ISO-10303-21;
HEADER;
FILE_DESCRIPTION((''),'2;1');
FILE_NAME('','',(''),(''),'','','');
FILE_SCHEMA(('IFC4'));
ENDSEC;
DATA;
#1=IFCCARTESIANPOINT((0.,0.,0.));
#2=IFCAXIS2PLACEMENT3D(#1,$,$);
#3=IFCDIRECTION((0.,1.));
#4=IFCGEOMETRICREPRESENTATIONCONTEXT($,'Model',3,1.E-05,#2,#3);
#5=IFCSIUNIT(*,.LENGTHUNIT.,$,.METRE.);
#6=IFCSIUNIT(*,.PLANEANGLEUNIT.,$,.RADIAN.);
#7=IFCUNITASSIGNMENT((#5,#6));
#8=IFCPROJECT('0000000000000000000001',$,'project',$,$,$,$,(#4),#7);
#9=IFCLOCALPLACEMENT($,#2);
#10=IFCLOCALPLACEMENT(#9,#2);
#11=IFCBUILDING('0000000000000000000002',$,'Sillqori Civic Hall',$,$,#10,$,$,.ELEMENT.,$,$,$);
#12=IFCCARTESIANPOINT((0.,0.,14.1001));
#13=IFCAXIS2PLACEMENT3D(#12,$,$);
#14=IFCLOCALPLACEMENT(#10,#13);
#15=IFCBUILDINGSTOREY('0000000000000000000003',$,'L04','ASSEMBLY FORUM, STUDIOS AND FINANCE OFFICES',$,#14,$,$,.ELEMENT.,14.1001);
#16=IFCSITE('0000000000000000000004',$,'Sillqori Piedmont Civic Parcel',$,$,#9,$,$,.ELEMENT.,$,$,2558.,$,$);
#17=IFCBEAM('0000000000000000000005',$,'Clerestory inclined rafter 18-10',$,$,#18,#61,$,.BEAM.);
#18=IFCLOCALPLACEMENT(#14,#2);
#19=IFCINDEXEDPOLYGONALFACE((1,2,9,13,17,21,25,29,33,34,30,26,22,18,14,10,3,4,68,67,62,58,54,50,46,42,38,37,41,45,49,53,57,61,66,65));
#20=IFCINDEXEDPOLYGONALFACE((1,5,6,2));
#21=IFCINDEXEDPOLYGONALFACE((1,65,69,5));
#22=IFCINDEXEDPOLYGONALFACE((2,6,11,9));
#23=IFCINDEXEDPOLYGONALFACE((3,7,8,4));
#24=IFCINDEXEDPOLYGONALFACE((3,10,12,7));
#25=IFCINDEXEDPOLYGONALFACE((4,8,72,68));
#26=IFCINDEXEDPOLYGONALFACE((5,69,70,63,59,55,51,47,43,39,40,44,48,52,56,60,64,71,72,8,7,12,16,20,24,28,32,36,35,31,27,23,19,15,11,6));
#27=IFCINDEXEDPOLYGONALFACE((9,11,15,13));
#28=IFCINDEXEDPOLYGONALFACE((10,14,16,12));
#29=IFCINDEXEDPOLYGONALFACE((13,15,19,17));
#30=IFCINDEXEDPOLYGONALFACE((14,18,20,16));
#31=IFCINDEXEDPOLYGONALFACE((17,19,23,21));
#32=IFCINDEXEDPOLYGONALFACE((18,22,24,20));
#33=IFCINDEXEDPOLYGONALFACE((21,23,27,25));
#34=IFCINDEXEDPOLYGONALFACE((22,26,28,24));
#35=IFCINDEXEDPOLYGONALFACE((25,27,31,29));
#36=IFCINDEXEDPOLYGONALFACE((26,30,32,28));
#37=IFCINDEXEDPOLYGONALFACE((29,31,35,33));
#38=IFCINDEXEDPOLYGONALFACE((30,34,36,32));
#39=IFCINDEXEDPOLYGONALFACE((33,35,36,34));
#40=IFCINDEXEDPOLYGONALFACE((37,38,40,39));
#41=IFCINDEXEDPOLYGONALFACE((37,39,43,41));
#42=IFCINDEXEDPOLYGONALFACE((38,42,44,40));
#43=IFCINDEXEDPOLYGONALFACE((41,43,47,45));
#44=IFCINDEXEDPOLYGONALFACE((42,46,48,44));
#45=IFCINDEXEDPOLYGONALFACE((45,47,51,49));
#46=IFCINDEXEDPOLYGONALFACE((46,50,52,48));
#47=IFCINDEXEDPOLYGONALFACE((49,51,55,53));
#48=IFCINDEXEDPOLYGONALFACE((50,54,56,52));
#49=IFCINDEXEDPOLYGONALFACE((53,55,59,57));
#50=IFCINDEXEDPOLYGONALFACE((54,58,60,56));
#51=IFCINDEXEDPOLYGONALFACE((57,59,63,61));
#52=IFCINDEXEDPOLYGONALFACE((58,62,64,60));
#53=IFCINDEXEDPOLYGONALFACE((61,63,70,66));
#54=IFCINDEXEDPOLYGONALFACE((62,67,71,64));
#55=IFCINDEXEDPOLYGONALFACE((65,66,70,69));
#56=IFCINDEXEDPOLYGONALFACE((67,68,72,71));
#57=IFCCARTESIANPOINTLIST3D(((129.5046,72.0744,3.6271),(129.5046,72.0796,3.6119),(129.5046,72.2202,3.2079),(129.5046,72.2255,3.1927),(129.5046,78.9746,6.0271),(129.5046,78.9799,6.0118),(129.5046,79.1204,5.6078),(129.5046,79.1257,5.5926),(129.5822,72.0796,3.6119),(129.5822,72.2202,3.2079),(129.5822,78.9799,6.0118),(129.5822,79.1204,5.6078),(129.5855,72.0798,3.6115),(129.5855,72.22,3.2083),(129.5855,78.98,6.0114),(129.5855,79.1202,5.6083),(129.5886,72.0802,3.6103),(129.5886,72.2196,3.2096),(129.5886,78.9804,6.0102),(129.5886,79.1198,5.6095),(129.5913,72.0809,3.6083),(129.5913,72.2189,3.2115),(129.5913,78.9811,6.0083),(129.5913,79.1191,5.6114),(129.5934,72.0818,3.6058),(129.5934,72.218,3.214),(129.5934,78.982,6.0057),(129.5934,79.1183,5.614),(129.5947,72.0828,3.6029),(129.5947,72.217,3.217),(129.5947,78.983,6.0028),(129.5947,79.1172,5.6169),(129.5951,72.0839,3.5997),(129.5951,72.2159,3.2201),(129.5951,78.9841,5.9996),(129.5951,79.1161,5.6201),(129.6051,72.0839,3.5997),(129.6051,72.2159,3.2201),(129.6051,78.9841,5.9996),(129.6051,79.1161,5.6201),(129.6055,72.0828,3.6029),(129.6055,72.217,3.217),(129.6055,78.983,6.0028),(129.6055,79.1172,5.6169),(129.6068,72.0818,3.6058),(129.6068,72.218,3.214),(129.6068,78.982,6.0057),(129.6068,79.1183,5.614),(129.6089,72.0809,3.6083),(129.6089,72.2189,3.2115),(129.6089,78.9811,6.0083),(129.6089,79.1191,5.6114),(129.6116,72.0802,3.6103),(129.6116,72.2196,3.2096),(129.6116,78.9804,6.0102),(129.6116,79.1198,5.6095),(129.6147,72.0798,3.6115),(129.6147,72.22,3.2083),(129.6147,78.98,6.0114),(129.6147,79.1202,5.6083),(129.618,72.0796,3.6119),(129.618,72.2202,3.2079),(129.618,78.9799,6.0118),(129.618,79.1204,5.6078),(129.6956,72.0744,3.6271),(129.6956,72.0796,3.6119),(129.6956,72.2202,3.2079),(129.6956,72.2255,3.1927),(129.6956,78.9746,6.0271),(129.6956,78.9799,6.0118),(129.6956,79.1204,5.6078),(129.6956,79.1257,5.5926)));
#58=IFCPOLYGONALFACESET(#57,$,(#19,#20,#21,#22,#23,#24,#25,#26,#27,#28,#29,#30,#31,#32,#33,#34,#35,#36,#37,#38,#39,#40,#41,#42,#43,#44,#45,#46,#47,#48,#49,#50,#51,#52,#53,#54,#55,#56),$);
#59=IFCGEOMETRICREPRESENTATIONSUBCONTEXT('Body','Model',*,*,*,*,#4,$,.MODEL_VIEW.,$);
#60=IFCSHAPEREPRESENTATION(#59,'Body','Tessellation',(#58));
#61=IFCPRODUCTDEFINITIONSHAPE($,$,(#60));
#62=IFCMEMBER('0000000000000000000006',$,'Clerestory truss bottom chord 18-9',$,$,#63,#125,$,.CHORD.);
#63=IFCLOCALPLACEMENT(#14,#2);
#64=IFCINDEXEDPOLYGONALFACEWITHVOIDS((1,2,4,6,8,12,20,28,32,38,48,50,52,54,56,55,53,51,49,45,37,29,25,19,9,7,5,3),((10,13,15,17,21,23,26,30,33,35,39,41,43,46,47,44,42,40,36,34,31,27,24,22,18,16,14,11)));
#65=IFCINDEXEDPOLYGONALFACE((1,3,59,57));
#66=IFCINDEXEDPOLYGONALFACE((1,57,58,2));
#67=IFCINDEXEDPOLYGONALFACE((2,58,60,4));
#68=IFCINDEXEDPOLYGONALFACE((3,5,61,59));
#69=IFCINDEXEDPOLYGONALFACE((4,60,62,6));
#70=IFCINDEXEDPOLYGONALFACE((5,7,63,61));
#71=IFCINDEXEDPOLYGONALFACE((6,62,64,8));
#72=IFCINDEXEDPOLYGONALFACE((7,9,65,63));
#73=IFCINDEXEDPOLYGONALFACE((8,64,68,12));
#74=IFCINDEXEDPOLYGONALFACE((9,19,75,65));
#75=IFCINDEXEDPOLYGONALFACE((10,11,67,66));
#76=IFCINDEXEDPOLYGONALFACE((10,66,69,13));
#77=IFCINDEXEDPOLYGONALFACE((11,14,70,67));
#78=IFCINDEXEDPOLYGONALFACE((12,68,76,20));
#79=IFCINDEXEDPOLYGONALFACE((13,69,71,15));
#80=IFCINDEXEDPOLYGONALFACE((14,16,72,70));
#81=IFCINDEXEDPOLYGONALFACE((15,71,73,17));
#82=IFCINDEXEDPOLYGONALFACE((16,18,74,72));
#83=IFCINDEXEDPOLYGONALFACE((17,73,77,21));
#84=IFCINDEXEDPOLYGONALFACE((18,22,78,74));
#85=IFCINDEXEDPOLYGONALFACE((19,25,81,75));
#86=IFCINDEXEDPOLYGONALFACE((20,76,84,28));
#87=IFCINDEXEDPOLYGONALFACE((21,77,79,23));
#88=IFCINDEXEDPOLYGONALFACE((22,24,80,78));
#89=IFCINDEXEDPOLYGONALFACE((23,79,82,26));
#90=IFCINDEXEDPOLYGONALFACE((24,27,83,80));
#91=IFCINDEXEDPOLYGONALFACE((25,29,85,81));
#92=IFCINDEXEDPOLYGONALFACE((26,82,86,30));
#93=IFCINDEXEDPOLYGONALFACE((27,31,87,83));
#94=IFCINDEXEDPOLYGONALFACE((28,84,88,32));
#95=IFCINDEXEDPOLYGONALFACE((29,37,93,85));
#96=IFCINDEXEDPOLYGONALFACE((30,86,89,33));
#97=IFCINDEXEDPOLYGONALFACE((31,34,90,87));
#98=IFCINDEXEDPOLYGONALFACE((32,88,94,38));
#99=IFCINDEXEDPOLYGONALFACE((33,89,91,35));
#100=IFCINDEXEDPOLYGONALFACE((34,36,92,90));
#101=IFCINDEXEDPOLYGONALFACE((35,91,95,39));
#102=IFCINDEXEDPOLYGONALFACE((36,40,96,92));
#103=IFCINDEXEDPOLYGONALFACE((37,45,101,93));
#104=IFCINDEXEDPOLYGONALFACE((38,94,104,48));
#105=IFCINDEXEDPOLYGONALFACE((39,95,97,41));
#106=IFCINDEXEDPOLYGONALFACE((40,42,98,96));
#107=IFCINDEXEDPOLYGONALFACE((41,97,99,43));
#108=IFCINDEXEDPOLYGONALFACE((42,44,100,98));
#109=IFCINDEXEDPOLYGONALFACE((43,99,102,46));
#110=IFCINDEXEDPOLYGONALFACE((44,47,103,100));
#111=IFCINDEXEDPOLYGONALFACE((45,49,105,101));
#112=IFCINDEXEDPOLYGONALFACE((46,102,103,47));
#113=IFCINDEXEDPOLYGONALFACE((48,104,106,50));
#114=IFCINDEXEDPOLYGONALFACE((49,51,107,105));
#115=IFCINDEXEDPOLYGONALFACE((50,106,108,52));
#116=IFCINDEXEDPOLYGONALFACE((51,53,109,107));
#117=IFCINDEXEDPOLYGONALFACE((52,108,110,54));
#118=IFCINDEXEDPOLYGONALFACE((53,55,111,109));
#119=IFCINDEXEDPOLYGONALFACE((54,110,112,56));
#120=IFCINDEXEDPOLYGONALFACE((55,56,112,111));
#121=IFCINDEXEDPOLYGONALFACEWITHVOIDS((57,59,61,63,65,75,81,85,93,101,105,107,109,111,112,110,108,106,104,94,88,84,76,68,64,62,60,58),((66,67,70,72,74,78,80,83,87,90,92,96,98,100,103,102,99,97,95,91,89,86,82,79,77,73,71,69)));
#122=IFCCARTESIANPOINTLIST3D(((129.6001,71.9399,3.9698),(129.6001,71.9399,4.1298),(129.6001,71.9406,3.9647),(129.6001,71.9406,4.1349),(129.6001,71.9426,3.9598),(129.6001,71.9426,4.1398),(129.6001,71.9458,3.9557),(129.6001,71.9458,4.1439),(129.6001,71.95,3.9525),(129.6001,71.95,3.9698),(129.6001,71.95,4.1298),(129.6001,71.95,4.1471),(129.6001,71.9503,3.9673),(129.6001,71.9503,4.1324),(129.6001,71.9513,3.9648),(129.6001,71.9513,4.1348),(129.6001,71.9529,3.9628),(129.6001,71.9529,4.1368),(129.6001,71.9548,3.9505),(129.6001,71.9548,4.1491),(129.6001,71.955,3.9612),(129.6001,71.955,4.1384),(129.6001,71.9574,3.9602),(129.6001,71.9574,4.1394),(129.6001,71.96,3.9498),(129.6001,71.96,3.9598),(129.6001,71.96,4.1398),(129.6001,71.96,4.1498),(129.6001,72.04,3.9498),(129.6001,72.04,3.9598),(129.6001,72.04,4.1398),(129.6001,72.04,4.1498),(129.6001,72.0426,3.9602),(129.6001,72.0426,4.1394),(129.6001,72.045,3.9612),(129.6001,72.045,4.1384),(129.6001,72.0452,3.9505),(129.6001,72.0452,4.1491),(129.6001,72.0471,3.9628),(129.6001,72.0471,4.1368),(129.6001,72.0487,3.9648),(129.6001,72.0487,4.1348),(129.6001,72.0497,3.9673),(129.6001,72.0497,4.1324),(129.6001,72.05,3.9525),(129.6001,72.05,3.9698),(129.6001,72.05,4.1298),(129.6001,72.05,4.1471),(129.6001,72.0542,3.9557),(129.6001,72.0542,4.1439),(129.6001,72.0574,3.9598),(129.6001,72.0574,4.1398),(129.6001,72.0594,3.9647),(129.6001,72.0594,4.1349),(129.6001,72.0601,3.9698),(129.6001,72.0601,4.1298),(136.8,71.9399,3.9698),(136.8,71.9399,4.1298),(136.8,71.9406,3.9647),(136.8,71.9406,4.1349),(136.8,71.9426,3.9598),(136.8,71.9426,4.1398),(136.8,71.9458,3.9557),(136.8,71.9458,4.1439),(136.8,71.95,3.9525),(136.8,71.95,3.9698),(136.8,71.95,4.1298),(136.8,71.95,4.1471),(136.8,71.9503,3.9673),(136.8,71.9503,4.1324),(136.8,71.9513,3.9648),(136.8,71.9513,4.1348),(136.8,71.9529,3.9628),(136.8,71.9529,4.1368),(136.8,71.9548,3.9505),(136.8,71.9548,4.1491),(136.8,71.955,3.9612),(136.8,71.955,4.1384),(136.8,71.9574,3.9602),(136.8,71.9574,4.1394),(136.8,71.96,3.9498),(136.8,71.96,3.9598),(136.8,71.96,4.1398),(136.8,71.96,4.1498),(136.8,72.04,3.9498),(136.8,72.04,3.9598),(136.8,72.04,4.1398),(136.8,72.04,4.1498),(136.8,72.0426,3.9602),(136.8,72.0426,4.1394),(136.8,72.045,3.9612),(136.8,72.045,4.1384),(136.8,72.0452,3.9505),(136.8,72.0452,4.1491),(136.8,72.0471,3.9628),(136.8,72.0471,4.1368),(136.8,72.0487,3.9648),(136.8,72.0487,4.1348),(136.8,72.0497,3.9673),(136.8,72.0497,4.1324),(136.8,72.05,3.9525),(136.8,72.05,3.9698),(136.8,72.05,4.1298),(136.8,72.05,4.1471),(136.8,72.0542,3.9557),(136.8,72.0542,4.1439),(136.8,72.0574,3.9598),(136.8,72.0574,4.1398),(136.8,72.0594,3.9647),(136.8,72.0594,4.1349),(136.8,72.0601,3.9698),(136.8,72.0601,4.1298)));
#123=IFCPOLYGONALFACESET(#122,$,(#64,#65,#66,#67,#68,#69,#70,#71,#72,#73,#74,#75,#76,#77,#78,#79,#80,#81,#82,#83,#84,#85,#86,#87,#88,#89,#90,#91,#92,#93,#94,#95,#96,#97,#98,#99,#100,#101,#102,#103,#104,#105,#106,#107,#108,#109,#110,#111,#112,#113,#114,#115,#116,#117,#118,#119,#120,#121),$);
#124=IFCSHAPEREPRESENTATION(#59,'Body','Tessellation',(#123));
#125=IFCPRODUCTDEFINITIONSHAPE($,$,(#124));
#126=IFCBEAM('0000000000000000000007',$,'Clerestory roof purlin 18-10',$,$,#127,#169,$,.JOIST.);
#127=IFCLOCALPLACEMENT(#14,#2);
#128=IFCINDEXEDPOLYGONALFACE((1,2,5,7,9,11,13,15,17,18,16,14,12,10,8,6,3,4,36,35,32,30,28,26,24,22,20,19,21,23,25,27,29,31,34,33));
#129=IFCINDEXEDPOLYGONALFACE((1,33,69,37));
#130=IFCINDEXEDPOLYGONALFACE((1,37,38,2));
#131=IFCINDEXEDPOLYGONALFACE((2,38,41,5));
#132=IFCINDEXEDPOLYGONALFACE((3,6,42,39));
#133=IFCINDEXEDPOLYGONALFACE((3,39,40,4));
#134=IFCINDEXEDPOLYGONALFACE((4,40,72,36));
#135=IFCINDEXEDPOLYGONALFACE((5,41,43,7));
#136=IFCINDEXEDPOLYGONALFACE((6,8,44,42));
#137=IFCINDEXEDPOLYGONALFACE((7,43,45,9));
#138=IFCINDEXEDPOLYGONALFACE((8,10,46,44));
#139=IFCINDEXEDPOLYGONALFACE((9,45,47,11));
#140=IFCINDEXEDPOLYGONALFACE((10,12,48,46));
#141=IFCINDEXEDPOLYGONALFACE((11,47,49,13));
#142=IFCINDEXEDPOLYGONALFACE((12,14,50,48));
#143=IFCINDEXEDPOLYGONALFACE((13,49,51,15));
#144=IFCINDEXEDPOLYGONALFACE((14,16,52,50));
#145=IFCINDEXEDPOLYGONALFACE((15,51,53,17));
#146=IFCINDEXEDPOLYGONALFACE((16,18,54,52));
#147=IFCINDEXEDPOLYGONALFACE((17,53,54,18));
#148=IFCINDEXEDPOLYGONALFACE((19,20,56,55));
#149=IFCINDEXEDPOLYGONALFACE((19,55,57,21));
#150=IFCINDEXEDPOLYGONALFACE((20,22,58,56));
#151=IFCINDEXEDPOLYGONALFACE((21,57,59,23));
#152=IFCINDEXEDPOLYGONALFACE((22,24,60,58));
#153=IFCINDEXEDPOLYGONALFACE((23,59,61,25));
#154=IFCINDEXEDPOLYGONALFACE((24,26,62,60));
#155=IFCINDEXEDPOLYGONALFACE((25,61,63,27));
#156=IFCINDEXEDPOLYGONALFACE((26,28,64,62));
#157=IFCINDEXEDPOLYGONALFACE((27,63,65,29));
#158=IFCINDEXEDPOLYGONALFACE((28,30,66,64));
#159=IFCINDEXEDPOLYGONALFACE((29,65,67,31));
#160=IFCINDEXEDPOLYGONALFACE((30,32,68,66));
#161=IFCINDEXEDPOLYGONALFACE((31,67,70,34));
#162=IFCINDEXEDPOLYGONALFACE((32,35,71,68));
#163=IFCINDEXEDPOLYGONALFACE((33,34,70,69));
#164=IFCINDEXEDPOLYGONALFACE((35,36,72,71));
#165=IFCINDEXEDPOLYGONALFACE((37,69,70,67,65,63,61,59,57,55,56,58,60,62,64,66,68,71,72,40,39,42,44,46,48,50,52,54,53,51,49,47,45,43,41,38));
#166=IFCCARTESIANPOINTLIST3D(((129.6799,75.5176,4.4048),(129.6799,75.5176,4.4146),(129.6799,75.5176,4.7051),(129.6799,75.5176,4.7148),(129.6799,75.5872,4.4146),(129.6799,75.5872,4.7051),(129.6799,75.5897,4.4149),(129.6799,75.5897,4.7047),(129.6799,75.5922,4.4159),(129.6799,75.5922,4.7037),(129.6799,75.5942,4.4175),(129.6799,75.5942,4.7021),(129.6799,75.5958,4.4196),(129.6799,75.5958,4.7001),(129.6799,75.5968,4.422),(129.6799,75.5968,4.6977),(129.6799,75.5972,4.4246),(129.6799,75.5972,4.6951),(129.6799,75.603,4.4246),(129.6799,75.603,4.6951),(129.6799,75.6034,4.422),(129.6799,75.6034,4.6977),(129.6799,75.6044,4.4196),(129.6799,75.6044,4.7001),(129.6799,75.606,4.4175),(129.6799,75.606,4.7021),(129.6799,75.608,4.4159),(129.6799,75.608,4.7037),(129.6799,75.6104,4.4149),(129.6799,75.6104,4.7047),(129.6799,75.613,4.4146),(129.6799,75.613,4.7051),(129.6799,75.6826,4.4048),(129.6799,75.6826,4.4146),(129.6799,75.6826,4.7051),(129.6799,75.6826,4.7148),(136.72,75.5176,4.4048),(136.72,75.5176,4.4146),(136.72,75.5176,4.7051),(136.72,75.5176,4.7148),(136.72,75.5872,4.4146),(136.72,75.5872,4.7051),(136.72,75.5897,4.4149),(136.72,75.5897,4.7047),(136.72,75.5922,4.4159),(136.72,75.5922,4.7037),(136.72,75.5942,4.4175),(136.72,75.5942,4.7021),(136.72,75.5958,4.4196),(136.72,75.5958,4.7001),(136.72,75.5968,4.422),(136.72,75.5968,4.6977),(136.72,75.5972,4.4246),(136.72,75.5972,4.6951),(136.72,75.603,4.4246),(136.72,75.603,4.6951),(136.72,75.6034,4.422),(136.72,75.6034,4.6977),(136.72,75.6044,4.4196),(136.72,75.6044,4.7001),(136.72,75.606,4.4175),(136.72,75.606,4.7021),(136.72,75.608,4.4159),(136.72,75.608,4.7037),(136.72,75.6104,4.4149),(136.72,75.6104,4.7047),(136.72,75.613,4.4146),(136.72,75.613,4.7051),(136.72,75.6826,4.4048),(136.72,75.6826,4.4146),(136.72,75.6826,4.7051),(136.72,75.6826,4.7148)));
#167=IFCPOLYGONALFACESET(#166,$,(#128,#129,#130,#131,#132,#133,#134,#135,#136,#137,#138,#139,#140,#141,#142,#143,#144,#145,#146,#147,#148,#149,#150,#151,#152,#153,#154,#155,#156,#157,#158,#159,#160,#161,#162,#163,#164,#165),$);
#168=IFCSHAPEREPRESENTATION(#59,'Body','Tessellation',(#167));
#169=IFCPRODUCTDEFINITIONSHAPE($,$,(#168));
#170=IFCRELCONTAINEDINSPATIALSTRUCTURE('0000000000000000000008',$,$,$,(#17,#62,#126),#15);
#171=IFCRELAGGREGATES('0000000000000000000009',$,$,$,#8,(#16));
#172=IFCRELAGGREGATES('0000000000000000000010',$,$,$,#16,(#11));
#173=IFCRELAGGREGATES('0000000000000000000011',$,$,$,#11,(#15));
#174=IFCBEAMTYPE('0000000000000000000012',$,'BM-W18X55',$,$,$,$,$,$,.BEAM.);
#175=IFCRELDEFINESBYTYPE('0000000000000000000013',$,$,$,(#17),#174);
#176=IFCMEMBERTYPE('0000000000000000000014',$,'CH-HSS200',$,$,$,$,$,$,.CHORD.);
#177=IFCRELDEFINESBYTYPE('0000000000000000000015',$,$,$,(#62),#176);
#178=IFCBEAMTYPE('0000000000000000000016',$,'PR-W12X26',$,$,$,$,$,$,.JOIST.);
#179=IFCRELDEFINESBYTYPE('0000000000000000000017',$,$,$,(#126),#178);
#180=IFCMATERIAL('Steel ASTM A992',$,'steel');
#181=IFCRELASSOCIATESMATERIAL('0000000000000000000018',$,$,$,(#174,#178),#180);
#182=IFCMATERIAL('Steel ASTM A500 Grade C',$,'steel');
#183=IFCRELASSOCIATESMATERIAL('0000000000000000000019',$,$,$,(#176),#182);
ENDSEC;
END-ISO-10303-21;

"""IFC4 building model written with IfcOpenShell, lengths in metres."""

from ifc_helpers import new_model, si_unit, direction, frame, origin, origin_2d, place, context, subcontext, project, spatial, hollow_rectangle, i_section, extrude, material, material_profile, profile_set, type_object, element, save


model = new_model("IFC4")

# Units and contexts
model_context = context("Model", 3, precision=1e-05, world=origin(), true_north=direction((0.0, 1.0)))
body_context = subcontext(model_context, "Body", "Model", "MODEL_VIEW")
ifc_project = project(units=[si_unit("LENGTHUNIT", "METRE"), si_unit("PLANEANGLEUNIT", "RADIAN")], contexts=[model_context])

# Site, building, storey
site_placement = place(None, origin())
site = spatial("IfcSite", under=ifc_project, at=site_placement, Name="Sillqori Piedmont Civic Parcel", CompositionType="ELEMENT", RefElevation=2558.0)
building_placement = place(site_placement, origin())
building = spatial("IfcBuilding", under=site, at=building_placement, Name="Sillqori Civic Hall", CompositionType="ELEMENT")
storey_placement = place(building_placement, frame((0.0, 0.0, 14.1001)))
storey = spatial("IfcBuildingStorey", under=building, at=storey_placement, Name="L04", Description="ASSEMBLY FORUM, STUDIOS AND FINANCE OFFICES", CompositionType="ELEMENT", Elevation=14.1001)

# Beam
ifc_material_1 = material(Name="Steel ASTM A992", Category="steel")
ifc_material_profile_1 = material_profile(ifc_material_1, i_section(OverallWidth=0.1909, OverallDepth=0.46, WebThickness=0.01, FlangeThickness=0.0161, FilletRadius=0.0129, at=origin_2d()), Name="W18X55")
ifc_profile_set_1 = profile_set([ifc_material_profile_1], Name="Steel ASTM A992")
beam_type_1 = type_object("IfcBeamType", Name="BM-W18X55", PredefinedType="BEAM", material=ifc_profile_set_1)
beam_1_placement = place(storey_placement, frame((129.6001, 72.1499, 3.4099), z_axis=(0.0, 0.944503, 0.328502), x_axis=(-1.0, 0.0, 0.0)))
element("IfcBeam", 1, at=beam_1_placement, inside=storey, type_object=beam_type_1, Name="Clerestory inclined rafter 18-10", PredefinedType="BEAM", context=body_context, shape_type="SweptSolid", body=[
    extrude(i_section(OverallWidth=0.1909, OverallDepth=0.46, WebThickness=0.01, FlangeThickness=0.0161, FilletRadius=0.0129, at=origin_2d()), origin(), (0.0, 0.0, 1.0), 7.3057),
])

# Member
ifc_material_2 = material(Name="Steel ASTM A500 Grade C", Category="steel")
ifc_material_profile_2 = material_profile(ifc_material_2, hollow_rectangle(XDim=0.1201, YDim=0.2, WallThickness=0.01, InnerFilletRadius=0.01, OuterFilletRadius=0.02, at=origin_2d()), Name="HSS200X120X10")
ifc_profile_set_2 = profile_set([ifc_material_profile_2], Name="Steel ASTM A500 Grade C")
member_type_1 = type_object("IfcMemberType", Name="CH-HSS200", PredefinedType="CHORD", material=ifc_profile_set_2)
member_1_placement = place(storey_placement, frame((129.6001, 72.0, 4.0498), z_axis=(1.0, 0.0, 0.0), x_axis=(0.0, 1.0, 0.0)))
element("IfcMember", 2, at=member_1_placement, inside=storey, type_object=member_type_1, Name="Clerestory truss bottom chord 18-9", PredefinedType="CHORD", context=body_context, shape_type="SweptSolid", body=[
    extrude(hollow_rectangle(XDim=0.1201, YDim=0.2, WallThickness=0.01, InnerFilletRadius=0.01, OuterFilletRadius=0.02, at=origin_2d()), origin(), (0.0, 0.0, 1.0), 7.2),
])

# Beam
ifc_material_profile_3 = material_profile(ifc_material_1, i_section(OverallWidth=0.165, OverallDepth=0.3101, WebThickness=0.0059, FlangeThickness=0.0098, FilletRadius=0.01, at=origin_2d()), Name="W12X26")
ifc_profile_set_3 = profile_set([ifc_material_profile_3], Name="Steel ASTM A992")
beam_type_2 = type_object("IfcBeamType", Name="PR-W12X26", PredefinedType="JOIST", material=ifc_profile_set_3)
beam_2_placement = place(storey_placement, frame((129.6799, 75.6001, 4.5598), z_axis=(1.0, 0.0, 0.0), x_axis=(0.0, 1.0, 0.0)))
element("IfcBeam", 3, at=beam_2_placement, inside=storey, type_object=beam_type_2, Name="Clerestory roof purlin 18-10", PredefinedType="JOIST", context=body_context, shape_type="SweptSolid", body=[
    extrude(i_section(OverallWidth=0.165, OverallDepth=0.3101, WebThickness=0.0059, FlangeThickness=0.0098, FilletRadius=0.01, at=origin_2d()), origin(), (0.0, 0.0, 1.0), 7.04),
])

save(model, "model.ifc")
